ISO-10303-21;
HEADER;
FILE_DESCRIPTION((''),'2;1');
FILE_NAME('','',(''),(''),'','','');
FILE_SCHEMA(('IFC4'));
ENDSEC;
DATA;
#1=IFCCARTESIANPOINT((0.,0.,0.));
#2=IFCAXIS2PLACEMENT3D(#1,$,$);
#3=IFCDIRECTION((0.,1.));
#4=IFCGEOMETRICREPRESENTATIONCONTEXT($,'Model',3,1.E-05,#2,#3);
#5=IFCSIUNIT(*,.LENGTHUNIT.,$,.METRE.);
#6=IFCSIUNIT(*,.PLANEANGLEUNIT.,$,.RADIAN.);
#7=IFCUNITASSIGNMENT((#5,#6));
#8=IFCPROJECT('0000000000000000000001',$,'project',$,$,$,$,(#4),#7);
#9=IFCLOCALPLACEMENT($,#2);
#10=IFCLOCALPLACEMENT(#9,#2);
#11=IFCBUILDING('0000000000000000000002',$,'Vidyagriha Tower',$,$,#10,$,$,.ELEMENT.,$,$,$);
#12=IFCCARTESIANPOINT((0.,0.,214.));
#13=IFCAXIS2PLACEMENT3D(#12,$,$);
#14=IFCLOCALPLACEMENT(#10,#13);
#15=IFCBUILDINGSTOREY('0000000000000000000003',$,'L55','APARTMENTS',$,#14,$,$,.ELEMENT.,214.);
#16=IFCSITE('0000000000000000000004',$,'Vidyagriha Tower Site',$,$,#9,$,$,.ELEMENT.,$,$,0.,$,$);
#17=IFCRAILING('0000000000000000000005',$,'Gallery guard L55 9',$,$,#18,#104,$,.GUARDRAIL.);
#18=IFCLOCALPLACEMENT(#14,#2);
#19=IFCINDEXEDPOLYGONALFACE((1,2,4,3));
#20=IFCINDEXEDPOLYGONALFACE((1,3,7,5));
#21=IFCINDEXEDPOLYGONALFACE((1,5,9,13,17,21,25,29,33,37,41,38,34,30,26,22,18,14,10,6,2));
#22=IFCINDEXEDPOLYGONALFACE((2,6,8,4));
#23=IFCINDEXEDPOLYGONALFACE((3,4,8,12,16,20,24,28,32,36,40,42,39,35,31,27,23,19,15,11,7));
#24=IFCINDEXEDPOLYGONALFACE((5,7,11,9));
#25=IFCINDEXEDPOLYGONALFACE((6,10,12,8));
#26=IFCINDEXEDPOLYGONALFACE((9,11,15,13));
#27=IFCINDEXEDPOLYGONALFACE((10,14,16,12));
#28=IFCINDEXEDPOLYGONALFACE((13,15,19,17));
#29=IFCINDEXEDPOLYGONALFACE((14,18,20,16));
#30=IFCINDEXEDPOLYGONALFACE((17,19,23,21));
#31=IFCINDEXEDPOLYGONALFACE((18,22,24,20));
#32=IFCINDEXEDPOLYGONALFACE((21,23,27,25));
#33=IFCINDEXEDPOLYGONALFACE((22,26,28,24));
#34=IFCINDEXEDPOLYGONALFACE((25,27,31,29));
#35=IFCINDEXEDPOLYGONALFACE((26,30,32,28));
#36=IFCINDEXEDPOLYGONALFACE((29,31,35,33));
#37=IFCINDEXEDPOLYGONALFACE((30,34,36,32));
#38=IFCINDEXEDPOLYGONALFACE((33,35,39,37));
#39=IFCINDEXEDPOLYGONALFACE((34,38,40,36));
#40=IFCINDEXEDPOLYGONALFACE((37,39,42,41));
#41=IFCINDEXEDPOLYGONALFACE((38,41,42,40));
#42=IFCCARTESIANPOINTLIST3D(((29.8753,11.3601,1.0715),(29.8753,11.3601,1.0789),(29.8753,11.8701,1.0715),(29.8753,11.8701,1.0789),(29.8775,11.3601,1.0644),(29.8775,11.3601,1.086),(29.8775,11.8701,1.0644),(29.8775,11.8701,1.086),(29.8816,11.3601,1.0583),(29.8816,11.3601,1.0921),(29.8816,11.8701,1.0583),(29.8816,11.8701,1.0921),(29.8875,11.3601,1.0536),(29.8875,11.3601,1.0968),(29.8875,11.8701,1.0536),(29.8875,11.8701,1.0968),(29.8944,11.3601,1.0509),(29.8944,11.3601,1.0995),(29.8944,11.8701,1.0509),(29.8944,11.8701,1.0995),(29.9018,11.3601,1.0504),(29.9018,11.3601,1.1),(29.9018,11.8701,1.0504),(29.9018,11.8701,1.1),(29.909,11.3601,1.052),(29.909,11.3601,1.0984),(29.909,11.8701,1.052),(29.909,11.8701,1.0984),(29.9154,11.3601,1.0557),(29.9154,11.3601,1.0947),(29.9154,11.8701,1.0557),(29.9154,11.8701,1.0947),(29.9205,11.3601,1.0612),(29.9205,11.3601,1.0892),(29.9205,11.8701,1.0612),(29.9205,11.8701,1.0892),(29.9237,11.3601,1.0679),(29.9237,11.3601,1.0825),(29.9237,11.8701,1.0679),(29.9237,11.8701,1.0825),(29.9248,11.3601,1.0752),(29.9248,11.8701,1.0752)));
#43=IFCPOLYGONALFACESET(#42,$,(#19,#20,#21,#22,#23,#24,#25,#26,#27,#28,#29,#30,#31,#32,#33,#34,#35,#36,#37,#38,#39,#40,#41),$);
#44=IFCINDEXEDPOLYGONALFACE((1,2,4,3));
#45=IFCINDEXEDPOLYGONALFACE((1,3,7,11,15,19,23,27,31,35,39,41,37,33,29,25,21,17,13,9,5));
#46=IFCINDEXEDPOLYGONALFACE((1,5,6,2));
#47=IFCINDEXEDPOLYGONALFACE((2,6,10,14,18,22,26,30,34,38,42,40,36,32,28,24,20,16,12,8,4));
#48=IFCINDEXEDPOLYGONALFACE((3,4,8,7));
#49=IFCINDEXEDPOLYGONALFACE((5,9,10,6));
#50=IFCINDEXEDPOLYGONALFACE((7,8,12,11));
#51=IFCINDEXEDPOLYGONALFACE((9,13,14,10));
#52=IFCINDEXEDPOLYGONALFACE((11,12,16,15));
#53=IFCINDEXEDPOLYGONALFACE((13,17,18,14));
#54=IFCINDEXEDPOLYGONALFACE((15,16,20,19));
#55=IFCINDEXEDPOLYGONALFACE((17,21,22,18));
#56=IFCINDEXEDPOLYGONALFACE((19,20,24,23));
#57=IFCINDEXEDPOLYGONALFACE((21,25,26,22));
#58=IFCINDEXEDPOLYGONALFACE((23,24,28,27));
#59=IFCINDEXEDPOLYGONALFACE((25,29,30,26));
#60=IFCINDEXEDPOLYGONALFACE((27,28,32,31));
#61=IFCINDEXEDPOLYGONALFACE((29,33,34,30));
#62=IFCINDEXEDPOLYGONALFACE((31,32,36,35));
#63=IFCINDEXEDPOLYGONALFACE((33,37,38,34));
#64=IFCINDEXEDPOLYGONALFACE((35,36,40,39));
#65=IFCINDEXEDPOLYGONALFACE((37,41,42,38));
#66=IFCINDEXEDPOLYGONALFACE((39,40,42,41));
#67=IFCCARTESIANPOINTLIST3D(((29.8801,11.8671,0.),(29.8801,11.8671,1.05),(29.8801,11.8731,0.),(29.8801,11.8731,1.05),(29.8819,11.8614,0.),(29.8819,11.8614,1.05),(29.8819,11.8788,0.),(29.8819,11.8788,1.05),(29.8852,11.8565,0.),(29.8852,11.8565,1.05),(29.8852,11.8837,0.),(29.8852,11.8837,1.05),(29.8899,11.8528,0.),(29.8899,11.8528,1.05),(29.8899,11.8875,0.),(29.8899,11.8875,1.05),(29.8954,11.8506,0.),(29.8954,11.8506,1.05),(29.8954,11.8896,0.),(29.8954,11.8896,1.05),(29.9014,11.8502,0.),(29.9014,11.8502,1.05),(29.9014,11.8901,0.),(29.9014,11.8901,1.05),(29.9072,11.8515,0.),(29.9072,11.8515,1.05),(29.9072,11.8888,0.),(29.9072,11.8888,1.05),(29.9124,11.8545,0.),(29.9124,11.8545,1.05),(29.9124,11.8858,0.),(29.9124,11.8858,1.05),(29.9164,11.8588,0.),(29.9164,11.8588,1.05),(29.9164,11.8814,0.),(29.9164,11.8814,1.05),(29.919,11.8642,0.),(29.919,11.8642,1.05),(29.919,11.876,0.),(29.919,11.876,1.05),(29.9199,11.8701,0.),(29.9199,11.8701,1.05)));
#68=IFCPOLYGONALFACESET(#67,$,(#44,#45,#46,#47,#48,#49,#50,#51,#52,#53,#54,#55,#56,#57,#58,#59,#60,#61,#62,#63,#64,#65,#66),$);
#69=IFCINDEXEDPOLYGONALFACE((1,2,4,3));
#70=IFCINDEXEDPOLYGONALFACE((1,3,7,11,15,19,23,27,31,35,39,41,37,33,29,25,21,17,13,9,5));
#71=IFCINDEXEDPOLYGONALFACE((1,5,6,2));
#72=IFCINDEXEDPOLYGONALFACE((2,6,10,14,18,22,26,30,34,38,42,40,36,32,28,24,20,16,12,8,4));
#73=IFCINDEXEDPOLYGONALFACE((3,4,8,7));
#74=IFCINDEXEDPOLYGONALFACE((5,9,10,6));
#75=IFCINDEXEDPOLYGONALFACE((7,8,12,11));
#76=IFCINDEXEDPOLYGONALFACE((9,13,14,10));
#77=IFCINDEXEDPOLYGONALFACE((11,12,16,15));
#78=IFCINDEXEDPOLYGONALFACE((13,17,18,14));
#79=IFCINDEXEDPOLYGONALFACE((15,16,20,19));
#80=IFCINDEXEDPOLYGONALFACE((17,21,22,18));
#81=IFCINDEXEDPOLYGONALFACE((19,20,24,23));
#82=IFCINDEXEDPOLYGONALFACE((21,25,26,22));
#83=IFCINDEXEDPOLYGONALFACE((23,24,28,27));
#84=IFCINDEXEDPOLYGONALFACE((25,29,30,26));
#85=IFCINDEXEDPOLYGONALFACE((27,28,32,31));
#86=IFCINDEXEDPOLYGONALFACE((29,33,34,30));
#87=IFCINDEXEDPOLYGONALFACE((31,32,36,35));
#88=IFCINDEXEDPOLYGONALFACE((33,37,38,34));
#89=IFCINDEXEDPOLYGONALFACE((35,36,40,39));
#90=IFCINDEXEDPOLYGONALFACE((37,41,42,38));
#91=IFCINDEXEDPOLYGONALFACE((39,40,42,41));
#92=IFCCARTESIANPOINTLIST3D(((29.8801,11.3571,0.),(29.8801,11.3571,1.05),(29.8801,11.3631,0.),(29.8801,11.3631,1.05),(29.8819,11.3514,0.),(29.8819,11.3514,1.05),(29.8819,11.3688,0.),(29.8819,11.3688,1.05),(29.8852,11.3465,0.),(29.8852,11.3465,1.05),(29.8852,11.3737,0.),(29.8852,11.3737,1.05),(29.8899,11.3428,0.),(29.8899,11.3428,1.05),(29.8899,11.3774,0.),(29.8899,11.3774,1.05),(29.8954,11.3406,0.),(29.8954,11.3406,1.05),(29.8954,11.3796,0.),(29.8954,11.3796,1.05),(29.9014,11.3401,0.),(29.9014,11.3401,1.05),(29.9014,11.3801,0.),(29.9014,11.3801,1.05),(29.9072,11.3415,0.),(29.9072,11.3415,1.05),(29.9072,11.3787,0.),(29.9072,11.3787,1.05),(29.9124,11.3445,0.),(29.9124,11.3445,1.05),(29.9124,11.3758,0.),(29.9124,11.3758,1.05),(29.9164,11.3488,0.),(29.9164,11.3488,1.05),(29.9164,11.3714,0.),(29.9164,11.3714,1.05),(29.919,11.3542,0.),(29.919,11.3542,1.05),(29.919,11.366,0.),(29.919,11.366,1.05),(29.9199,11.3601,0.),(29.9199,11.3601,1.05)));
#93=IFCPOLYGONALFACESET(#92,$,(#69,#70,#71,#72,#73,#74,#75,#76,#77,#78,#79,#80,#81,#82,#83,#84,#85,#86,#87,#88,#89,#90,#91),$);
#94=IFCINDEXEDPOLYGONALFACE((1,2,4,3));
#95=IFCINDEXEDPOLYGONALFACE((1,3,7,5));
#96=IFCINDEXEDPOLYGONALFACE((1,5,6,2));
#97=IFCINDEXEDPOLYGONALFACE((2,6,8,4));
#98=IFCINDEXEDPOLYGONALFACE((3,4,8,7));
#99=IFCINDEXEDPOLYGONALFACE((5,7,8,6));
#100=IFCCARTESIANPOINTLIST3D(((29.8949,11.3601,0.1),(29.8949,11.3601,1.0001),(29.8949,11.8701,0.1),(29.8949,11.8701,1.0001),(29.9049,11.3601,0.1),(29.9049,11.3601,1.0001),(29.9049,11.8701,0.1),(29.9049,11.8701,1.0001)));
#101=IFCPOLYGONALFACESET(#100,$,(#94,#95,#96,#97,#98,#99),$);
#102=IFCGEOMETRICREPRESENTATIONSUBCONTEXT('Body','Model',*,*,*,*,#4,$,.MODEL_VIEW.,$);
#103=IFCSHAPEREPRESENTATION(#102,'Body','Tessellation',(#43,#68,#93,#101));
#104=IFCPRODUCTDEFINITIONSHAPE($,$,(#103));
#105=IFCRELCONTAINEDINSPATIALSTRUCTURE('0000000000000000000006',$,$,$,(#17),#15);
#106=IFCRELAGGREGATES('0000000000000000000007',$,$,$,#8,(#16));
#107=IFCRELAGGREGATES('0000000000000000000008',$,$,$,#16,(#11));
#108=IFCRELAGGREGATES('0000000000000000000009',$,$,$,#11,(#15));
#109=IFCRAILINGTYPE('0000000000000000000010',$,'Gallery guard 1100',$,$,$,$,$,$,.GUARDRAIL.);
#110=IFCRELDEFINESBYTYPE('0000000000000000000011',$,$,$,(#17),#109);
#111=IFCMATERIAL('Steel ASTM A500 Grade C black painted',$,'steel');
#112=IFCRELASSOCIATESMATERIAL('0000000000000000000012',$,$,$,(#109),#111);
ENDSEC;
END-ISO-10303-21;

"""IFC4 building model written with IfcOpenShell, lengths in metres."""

from ifc_helpers import new_model, si_unit, direction, frame, origin, origin_2d, place, context, subcontext, project, spatial, rectangle, circle, extrude, material, type_object, element, save


model = new_model("IFC4")

# Units and contexts
model_context = context("Model", 3, precision=1e-05, world=origin(), true_north=direction((0.0, 1.0)))
body_context = subcontext(model_context, "Body", "Model", "MODEL_VIEW")
ifc_project = project(units=[si_unit("LENGTHUNIT", "METRE"), si_unit("PLANEANGLEUNIT", "RADIAN")], contexts=[model_context])

# Site, building, storey
site_placement = place(None, origin())
site = spatial("IfcSite", under=ifc_project, at=site_placement, Name="Vidyagriha Tower Site", CompositionType="ELEMENT", RefElevation=0.0)
building_placement = place(site_placement, origin())
building = spatial("IfcBuilding", under=site, at=building_placement, Name="Vidyagriha Tower", CompositionType="ELEMENT")
storey_placement = place(building_placement, frame((0.0, 0.0, 214.0)))
storey = spatial("IfcBuildingStorey", under=building, at=storey_placement, Name="L55", Description="APARTMENTS", CompositionType="ELEMENT", Elevation=214.0)

# Railing
ifc_material_1 = material(Name="Steel ASTM A500 Grade C black painted", Category="steel")
railing_type = type_object("IfcRailingType", Name="Gallery guard 1100", PredefinedType="GUARDRAIL", material=ifc_material_1)
railing_1_placement = place(storey_placement, frame((29.8999, 11.8701, 0.0)))
element("IfcRailing", 1, at=railing_1_placement, inside=storey, type_object=railing_type, Name="Gallery guard L55 9", PredefinedType="GUARDRAIL", context=body_context, shape_type="SweptSolid", body=[
    extrude(circle(Radius=0.0249, at=origin_2d()), frame((0.0, 0.0, 1.0752), z_axis=(0.0, -1.0, 0.0), x_axis=(1.0, 0.0, 0.0)), (0.0, 0.0, 1.0), 0.51),
    extrude(circle(Radius=0.02, at=origin_2d()), origin(), (0.0, 0.0, 1.0), 1.05),
    extrude(circle(Radius=0.02, at=origin_2d()), frame((0.0, -0.51, 0.0)), (0.0, 0.0, 1.0), 1.05),
    extrude(rectangle(XDim=0.01, YDim=0.9001, at=origin_2d()), frame((0.0, 0.0, 0.55), z_axis=(0.0, -1.0, 0.0), x_axis=(1.0, 0.0, 0.0)), (0.0, 0.0, 1.0), 0.51),
])

save(model, "model.ifc")
